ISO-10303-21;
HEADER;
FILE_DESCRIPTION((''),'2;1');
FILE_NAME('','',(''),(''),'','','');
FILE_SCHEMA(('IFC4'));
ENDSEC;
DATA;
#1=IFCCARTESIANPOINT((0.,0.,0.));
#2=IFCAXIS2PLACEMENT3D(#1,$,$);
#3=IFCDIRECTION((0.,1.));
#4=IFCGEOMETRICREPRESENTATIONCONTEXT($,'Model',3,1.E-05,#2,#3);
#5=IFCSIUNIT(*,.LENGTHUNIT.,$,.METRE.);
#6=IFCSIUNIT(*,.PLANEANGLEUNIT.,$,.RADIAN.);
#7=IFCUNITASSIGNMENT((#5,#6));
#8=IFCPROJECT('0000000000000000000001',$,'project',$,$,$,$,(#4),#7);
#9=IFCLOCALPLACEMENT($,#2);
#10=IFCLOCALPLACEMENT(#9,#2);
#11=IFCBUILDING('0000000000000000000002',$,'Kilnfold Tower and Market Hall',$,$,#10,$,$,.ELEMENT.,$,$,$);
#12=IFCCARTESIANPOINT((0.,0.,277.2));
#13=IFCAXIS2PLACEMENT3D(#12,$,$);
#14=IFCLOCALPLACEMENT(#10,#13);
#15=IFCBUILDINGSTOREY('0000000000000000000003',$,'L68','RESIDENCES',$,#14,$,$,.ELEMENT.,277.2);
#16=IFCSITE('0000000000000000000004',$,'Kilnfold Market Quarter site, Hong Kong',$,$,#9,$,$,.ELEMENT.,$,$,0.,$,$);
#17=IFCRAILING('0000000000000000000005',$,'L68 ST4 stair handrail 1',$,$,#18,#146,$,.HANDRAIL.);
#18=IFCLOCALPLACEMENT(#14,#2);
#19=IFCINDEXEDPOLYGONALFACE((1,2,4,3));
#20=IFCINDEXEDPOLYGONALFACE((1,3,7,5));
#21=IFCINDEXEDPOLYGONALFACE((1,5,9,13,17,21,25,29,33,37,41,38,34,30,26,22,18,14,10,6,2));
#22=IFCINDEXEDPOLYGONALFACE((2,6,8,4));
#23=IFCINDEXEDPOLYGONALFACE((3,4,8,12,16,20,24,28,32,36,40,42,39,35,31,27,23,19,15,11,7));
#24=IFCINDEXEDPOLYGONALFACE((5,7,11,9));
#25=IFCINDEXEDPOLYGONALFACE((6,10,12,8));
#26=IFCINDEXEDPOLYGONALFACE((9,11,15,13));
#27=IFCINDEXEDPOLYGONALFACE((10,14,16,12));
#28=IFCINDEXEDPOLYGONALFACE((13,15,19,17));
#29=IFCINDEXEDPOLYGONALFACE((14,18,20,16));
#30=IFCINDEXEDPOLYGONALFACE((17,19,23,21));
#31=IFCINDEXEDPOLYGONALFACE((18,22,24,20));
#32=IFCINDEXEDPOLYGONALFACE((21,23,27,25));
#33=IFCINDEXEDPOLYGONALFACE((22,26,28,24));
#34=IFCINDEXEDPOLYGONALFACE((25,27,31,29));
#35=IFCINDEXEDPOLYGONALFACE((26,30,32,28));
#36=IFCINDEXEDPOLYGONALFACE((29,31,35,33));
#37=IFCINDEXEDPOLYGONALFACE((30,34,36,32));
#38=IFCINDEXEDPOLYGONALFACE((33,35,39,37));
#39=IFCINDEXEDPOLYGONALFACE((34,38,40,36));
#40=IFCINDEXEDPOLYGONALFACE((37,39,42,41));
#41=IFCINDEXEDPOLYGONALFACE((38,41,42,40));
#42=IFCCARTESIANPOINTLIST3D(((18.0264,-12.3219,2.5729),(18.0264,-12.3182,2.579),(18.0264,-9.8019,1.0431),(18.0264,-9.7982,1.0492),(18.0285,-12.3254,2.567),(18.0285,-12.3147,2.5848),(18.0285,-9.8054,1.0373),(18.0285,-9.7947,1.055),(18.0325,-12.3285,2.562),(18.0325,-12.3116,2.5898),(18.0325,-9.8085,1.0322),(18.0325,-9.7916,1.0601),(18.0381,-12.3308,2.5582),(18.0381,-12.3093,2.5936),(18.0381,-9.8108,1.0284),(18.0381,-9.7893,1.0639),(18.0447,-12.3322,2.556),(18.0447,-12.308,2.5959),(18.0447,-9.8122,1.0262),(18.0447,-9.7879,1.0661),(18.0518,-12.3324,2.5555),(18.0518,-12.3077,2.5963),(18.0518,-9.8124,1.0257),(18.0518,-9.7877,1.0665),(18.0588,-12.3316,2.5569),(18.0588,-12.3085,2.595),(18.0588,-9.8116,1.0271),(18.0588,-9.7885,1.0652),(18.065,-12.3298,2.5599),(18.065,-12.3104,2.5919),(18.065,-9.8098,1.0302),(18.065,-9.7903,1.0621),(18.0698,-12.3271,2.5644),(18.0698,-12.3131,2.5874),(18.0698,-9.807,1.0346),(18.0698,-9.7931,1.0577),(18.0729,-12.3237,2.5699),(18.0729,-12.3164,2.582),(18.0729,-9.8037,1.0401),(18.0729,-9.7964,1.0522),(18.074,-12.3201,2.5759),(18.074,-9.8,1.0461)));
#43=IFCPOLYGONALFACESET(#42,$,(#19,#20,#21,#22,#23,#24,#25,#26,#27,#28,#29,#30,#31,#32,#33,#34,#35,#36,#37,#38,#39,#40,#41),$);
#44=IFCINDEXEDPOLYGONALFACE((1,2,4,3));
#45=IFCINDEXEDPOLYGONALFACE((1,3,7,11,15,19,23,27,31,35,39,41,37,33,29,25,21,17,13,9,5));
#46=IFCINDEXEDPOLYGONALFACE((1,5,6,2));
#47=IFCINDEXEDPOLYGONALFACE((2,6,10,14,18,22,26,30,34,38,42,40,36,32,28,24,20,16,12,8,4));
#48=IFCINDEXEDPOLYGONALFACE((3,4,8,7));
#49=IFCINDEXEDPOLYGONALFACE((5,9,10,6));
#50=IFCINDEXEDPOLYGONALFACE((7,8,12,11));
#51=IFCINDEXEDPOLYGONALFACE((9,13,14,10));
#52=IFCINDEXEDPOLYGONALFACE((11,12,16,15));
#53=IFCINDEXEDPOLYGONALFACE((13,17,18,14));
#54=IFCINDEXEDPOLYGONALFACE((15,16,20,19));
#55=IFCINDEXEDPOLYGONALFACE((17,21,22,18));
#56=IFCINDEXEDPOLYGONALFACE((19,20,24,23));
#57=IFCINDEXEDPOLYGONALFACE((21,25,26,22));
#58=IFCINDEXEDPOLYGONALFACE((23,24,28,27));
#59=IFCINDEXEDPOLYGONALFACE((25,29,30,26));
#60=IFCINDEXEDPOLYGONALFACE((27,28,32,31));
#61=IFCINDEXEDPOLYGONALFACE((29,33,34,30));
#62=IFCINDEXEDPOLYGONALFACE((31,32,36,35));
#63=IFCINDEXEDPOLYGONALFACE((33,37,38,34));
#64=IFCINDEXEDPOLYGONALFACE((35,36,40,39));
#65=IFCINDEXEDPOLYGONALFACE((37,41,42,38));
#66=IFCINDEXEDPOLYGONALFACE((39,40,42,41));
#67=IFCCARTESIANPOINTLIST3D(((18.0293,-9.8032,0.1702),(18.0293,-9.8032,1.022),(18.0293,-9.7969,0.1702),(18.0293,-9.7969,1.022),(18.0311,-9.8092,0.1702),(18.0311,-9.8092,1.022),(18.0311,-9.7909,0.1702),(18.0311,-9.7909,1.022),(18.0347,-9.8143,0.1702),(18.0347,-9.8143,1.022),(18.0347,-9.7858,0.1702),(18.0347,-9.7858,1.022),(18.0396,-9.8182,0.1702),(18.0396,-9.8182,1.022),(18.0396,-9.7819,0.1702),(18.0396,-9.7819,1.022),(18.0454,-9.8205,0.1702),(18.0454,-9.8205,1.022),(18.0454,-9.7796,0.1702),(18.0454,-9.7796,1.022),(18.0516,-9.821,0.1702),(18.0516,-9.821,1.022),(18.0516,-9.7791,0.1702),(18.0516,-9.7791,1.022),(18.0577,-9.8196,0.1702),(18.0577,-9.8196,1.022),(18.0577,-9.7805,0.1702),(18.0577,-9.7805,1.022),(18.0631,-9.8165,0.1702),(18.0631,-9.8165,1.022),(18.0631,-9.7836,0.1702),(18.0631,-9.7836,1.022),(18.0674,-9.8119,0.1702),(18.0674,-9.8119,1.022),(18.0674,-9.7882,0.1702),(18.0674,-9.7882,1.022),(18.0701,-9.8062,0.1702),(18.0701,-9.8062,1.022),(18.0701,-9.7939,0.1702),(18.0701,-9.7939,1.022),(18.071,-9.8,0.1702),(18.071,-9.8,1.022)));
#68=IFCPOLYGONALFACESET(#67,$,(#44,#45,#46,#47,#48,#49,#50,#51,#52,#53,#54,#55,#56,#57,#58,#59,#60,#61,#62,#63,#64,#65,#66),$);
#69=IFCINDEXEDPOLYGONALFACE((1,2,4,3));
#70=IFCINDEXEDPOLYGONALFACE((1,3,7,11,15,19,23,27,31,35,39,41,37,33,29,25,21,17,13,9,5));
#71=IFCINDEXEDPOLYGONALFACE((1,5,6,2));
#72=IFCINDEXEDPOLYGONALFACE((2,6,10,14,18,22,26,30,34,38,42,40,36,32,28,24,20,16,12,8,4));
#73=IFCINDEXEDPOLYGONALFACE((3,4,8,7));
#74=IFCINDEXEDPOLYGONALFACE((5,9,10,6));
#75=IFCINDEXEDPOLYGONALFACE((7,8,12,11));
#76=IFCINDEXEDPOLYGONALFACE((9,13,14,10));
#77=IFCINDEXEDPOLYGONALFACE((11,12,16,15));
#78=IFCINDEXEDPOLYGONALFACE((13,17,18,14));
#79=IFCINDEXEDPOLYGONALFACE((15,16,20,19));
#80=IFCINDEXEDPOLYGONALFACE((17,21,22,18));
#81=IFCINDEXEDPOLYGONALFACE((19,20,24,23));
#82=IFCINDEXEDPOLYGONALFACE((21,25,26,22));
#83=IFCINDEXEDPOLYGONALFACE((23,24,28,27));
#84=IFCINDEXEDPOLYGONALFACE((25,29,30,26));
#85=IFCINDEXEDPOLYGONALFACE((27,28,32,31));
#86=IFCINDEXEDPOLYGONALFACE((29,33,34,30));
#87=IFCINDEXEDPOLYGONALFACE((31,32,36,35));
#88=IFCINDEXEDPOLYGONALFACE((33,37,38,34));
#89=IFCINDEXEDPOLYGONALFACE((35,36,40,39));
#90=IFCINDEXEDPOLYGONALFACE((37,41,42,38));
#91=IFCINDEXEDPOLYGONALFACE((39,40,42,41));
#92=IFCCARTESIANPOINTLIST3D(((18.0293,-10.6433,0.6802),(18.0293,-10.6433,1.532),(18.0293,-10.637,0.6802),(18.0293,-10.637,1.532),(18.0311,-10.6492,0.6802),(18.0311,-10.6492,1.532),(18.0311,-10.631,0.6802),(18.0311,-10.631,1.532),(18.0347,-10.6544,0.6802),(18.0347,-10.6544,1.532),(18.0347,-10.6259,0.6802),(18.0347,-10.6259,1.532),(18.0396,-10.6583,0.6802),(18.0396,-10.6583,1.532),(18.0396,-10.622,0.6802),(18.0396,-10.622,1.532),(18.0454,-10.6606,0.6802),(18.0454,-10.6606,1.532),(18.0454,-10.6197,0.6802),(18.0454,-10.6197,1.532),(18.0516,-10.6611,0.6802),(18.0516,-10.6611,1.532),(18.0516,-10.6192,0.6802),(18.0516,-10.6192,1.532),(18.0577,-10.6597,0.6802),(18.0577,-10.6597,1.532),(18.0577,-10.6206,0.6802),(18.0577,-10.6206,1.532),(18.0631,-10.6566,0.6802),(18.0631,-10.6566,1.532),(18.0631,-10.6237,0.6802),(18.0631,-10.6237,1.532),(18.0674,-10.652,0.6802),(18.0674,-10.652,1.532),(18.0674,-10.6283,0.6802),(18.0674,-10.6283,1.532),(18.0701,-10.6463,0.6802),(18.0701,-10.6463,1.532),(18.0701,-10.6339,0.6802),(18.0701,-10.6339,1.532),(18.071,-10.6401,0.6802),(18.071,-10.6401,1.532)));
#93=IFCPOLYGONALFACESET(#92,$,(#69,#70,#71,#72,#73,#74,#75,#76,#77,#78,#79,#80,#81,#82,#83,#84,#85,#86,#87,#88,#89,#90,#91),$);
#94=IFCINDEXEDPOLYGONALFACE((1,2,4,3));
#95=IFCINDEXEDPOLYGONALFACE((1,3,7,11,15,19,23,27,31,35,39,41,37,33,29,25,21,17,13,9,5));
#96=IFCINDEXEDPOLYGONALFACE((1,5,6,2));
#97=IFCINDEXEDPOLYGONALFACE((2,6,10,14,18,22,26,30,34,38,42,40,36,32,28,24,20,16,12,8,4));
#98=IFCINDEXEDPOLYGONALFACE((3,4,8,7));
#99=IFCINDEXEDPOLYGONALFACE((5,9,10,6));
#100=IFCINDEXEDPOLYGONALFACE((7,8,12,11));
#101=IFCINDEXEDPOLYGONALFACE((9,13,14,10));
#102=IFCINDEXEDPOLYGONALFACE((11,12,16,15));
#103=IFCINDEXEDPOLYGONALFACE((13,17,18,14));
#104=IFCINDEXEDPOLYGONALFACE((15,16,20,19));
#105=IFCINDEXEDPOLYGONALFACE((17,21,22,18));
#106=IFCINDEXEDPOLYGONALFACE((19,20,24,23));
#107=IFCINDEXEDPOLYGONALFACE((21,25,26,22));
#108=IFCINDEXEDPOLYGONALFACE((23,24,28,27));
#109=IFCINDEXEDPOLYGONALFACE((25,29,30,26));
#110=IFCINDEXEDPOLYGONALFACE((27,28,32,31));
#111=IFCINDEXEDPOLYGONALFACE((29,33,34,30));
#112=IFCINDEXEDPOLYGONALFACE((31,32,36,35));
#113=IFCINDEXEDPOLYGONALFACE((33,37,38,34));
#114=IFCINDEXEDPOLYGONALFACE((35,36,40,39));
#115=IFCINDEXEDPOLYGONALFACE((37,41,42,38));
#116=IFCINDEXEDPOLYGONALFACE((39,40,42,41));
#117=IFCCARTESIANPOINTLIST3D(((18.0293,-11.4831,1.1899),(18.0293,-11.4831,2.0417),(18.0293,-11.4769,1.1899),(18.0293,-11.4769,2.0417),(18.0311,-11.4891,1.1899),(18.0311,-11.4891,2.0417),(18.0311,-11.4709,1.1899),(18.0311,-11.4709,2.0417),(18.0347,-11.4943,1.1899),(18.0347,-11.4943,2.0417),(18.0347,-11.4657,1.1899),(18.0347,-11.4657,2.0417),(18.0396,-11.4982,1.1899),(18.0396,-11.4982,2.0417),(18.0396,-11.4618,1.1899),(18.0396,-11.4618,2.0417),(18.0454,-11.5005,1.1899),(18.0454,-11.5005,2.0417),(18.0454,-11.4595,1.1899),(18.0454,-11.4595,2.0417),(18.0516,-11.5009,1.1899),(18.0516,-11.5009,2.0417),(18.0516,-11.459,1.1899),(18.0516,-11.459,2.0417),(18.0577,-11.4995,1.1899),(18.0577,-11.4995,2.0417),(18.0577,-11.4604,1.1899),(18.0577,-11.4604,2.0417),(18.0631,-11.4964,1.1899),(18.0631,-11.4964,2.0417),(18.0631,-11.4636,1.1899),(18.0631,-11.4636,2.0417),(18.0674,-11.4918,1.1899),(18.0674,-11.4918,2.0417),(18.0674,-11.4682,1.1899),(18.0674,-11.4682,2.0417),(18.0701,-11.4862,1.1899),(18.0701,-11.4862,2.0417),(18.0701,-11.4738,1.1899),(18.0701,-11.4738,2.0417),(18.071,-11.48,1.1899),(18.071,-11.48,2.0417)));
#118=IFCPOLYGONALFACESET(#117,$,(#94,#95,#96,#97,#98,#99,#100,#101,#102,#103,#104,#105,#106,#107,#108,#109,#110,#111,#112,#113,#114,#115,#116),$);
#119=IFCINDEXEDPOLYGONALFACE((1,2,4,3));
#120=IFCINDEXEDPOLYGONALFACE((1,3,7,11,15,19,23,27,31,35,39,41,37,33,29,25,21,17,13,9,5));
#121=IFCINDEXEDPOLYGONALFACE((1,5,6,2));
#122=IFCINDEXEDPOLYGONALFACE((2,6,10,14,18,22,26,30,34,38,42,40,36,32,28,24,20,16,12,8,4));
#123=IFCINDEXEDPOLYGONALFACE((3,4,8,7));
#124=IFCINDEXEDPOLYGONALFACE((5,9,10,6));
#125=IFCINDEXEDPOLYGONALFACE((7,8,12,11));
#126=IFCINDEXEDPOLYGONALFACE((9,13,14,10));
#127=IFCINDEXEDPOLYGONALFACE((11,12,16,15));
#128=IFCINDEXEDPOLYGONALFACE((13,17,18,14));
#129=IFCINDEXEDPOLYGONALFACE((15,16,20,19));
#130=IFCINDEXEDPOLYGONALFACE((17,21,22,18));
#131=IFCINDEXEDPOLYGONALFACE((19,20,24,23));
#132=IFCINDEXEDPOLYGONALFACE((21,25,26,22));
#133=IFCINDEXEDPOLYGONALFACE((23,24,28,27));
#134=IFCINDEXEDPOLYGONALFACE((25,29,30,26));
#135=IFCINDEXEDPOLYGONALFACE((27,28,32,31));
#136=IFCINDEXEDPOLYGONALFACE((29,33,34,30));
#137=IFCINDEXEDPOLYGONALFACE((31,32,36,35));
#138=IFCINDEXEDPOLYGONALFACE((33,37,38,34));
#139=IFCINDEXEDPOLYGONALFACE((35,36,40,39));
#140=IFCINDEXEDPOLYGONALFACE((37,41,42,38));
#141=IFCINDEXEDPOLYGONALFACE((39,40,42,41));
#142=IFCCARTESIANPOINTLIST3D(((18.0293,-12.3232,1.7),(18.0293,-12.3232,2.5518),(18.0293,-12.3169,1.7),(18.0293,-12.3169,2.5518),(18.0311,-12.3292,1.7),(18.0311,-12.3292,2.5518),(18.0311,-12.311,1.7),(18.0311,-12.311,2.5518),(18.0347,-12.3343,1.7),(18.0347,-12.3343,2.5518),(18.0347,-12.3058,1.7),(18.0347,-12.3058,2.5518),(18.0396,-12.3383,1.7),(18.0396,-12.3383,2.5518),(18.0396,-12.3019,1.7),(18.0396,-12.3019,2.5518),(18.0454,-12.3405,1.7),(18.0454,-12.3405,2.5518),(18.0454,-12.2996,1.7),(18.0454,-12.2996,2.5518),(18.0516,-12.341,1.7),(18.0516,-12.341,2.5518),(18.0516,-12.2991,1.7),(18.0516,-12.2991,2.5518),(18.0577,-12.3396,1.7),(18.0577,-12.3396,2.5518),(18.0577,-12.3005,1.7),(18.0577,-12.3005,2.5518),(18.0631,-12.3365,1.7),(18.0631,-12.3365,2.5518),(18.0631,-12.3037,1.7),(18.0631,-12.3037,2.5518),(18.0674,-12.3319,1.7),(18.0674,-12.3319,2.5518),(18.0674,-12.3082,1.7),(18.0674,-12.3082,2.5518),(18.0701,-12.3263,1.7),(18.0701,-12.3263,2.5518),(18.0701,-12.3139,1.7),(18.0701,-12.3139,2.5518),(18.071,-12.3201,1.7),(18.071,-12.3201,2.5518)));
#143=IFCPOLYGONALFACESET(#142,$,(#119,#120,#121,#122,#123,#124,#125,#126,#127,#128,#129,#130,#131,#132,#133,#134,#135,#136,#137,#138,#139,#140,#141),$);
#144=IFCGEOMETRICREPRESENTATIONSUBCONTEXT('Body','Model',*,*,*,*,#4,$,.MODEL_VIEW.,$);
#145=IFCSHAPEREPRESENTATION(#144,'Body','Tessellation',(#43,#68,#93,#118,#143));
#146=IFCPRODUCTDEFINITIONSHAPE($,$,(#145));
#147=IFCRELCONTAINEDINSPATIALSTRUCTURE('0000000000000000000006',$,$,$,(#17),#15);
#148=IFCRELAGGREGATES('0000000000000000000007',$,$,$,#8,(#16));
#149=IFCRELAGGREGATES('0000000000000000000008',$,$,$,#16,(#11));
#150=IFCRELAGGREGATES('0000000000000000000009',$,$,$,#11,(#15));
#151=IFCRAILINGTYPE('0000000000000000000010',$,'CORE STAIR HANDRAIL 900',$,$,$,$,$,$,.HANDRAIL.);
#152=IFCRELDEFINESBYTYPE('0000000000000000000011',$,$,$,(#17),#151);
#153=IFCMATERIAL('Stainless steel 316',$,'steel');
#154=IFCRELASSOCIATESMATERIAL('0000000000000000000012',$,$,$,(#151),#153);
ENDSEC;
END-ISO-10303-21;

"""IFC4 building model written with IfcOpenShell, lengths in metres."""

from ifc_helpers import new_model, si_unit, direction, frame, origin, origin_2d, place, context, subcontext, project, spatial, circle, extrude, material, type_object, element, save


model = new_model("IFC4")

# Units and contexts
model_context = context("Model", 3, precision=1e-05, world=origin(), true_north=direction((0.0, 1.0)))
body_context = subcontext(model_context, "Body", "Model", "MODEL_VIEW")
ifc_project = project(units=[si_unit("LENGTHUNIT", "METRE"), si_unit("PLANEANGLEUNIT", "RADIAN")], contexts=[model_context])

# Site, building, storey
site_placement = place(None, origin())
site = spatial("IfcSite", under=ifc_project, at=site_placement, Name="Kilnfold Market Quarter site, Hong Kong", CompositionType="ELEMENT", RefElevation=0.0)
building_placement = place(site_placement, origin())
building = spatial("IfcBuilding", under=site, at=building_placement, Name="Kilnfold Tower and Market Hall", CompositionType="ELEMENT")
storey_placement = place(building_placement, frame((0.0, 0.0, 277.2)))
storey = spatial("IfcBuildingStorey", under=building, at=storey_placement, Name="L68", Description="RESIDENCES", CompositionType="ELEMENT", Elevation=277.2)

# Railing
ifc_material_1 = material(Name="Stainless steel 316", Category="steel")
railing_type_1 = type_object("IfcRailingType", Name="CORE STAIR HANDRAIL 900", PredefinedType="HANDRAIL", material=ifc_material_1)
railing_1_placement = place(storey_placement, frame((18.05, -9.8, 0.1702)))
element("IfcRailing", 1, at=railing_1_placement, inside=storey, type_object=railing_type_1, Name="L68 ST4 stair handrail 1", PredefinedType="HANDRAIL", context=body_context, shape_type="SweptSolid", body=[
    extrude(circle(Radius=0.0239, at=origin_2d()), frame((0.0, 0.0, 0.876), z_axis=(0.0, -0.854822, 0.518922), x_axis=(1.0, 0.0, 0.0)), (0.0, 0.0, 1.0), 2.948),
    extrude(circle(Radius=0.021, at=origin_2d()), origin(), (0.0, 0.0, 1.0), 0.8518),
    extrude(circle(Radius=0.021, at=origin_2d()), frame((0.0, -0.8401, 0.51)), (0.0, 0.0, 1.0), 0.8518),
    extrude(circle(Radius=0.021, at=origin_2d()), frame((0.0, -1.6799, 1.0198)), (0.0, 0.0, 1.0), 0.8518),
    extrude(circle(Radius=0.021, at=origin_2d()), frame((0.0, -2.52, 1.5298)), (0.0, 0.0, 1.0), 0.8518),
])

save(model, "model.ifc")
